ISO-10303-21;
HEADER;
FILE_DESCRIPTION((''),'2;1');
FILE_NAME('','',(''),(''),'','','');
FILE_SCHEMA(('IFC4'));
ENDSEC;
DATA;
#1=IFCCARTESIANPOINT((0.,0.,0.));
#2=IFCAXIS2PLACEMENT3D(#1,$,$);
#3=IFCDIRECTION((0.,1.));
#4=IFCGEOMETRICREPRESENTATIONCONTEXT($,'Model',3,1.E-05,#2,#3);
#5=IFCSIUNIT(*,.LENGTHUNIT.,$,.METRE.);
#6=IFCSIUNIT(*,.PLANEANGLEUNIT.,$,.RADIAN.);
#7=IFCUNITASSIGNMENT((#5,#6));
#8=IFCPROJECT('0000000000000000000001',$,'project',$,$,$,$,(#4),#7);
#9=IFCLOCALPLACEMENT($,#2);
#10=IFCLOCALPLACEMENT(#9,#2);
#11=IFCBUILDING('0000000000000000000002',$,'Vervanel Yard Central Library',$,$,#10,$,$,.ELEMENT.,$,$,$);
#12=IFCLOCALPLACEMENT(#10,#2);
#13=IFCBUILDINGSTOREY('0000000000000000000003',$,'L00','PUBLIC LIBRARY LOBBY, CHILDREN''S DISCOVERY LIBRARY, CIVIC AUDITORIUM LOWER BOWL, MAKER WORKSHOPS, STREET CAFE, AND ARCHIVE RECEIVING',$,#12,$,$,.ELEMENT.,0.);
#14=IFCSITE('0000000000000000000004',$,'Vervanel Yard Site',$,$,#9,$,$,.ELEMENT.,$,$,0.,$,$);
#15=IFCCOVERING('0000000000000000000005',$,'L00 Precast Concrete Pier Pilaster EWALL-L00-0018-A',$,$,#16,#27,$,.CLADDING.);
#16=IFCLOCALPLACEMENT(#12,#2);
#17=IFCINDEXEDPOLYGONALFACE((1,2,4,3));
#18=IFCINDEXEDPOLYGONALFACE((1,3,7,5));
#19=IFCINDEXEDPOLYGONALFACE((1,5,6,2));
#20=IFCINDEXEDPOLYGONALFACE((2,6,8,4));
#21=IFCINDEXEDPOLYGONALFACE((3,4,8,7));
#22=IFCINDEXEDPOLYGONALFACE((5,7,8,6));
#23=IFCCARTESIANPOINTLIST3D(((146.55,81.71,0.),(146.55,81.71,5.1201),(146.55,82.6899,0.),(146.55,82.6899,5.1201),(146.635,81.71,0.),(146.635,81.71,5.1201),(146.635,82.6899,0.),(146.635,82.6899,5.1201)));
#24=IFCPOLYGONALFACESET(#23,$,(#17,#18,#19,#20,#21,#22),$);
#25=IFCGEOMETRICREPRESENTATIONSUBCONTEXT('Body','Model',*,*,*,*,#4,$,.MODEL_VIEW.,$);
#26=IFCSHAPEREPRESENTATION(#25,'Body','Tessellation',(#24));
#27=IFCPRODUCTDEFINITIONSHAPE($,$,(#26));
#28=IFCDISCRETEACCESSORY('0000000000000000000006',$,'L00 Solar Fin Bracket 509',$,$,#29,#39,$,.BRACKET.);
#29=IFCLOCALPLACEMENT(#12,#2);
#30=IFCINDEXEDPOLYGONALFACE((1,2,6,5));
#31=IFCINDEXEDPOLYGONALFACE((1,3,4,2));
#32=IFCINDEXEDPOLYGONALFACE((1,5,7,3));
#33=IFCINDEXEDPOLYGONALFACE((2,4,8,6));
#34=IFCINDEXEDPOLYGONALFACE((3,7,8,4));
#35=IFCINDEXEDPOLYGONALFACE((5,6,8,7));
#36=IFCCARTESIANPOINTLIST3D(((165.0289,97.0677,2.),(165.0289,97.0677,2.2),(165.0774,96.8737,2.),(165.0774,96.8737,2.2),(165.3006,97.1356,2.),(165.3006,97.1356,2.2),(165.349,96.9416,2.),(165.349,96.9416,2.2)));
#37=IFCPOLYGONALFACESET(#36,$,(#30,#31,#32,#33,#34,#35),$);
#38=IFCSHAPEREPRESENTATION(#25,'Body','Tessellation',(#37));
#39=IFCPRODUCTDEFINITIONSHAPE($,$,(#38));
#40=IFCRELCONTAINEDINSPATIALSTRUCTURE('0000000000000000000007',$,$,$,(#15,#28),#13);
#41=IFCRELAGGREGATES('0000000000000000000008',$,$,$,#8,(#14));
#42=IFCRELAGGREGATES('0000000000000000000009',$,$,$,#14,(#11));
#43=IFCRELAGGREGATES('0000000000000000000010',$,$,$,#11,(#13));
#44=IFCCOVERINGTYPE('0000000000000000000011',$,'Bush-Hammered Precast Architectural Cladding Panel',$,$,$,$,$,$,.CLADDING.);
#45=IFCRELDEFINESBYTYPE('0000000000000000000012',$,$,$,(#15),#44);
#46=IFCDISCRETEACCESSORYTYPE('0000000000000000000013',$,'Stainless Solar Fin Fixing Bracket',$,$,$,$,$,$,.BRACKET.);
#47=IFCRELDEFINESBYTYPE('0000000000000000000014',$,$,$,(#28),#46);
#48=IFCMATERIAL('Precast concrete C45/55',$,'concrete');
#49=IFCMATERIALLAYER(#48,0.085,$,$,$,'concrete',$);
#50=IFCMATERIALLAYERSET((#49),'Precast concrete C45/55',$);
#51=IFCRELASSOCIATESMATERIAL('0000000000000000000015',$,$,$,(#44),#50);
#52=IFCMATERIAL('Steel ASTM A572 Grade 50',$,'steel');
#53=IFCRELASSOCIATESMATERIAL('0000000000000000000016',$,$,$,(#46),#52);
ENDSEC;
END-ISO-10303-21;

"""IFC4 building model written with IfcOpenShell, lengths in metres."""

from ifc_helpers import new_model, si_unit, direction, frame, origin, origin_2d, place, context, subcontext, project, spatial, rectangle, extrude, material, layer, layer_set, type_object, element, save


model = new_model("IFC4")

# Units and contexts
model_context = context("Model", 3, precision=1e-05, world=origin(), true_north=direction((0.0, 1.0)))
body_context = subcontext(model_context, "Body", "Model", "MODEL_VIEW")
ifc_project = project(units=[si_unit("LENGTHUNIT", "METRE"), si_unit("PLANEANGLEUNIT", "RADIAN")], contexts=[model_context])

# Site, building, storey
site_placement = place(None, origin())
site = spatial("IfcSite", under=ifc_project, at=site_placement, Name="Vervanel Yard Site", CompositionType="ELEMENT", RefElevation=0.0)
building_placement = place(site_placement, origin())
building = spatial("IfcBuilding", under=site, at=building_placement, Name="Vervanel Yard Central Library", CompositionType="ELEMENT")
storey_placement = place(building_placement, origin())
storey = spatial("IfcBuildingStorey", under=building, at=storey_placement, Name="L00", Description="PUBLIC LIBRARY LOBBY, CHILDREN'S DISCOVERY LIBRARY, CIVIC AUDITORIUM LOWER BOWL, MAKER WORKSHOPS, STREET CAFE, AND ARCHIVE RECEIVING", CompositionType="ELEMENT", Elevation=0.0)

# Shared definitions
ifc_material_1 = material(Name="Steel ASTM A572 Grade 50", Category="steel")

# Shared definitions
ifc_material_2 = material(Name="Precast concrete C45/55", Category="concrete")

# Covering
ifc_layer_1 = layer(ifc_material_2, 0.085, Category="concrete")
ifc_layer_set_1 = layer_set([ifc_layer_1], Name="Precast concrete C45/55")
covering_type = type_object("IfcCoveringType", Name="Bush-Hammered Precast Architectural Cladding Panel", PredefinedType="CLADDING", material=ifc_layer_set_1)
covering_1_placement = place(storey_placement, frame((146.5925, 82.2, 0.0), z_axis=(0.0, 0.0, 1.0), x_axis=(0.0, 1.0, 0.0)))
element("IfcCovering", 1, at=covering_1_placement, inside=storey, type_object=covering_type, Name="L00 Precast Concrete Pier Pilaster EWALL-L00-0018-A", PredefinedType="CLADDING", context=body_context, shape_type="SweptSolid", body=[
    extrude(rectangle(XDim=0.98, YDim=0.085, at=origin_2d()), origin(), (0.0, 0.0, 1.0), 5.1201),
])

# Discrete accessory
discrete_accessory_type = type_object("IfcDiscreteAccessoryType", Name="Stainless Solar Fin Fixing Bracket", PredefinedType="BRACKET", material=ifc_material_1)
discrete_accessory_placement = place(storey_placement, frame((165.189, 97.0046, 2.0), z_axis=(0.0, 0.0, 1.0), x_axis=(-0.242535, 0.970143, 0.0)))
element("IfcDiscreteAccessory", 2, at=discrete_accessory_placement, inside=storey, type_object=discrete_accessory_type, Name="L00 Solar Fin Bracket 509", PredefinedType="BRACKET", context=body_context, shape_type="SweptSolid", body=[
    extrude(rectangle(XDim=0.2, YDim=0.28, at=origin_2d()), origin(), (0.0, 0.0, 1.0), 0.2),
])

save(model, "model.ifc")
